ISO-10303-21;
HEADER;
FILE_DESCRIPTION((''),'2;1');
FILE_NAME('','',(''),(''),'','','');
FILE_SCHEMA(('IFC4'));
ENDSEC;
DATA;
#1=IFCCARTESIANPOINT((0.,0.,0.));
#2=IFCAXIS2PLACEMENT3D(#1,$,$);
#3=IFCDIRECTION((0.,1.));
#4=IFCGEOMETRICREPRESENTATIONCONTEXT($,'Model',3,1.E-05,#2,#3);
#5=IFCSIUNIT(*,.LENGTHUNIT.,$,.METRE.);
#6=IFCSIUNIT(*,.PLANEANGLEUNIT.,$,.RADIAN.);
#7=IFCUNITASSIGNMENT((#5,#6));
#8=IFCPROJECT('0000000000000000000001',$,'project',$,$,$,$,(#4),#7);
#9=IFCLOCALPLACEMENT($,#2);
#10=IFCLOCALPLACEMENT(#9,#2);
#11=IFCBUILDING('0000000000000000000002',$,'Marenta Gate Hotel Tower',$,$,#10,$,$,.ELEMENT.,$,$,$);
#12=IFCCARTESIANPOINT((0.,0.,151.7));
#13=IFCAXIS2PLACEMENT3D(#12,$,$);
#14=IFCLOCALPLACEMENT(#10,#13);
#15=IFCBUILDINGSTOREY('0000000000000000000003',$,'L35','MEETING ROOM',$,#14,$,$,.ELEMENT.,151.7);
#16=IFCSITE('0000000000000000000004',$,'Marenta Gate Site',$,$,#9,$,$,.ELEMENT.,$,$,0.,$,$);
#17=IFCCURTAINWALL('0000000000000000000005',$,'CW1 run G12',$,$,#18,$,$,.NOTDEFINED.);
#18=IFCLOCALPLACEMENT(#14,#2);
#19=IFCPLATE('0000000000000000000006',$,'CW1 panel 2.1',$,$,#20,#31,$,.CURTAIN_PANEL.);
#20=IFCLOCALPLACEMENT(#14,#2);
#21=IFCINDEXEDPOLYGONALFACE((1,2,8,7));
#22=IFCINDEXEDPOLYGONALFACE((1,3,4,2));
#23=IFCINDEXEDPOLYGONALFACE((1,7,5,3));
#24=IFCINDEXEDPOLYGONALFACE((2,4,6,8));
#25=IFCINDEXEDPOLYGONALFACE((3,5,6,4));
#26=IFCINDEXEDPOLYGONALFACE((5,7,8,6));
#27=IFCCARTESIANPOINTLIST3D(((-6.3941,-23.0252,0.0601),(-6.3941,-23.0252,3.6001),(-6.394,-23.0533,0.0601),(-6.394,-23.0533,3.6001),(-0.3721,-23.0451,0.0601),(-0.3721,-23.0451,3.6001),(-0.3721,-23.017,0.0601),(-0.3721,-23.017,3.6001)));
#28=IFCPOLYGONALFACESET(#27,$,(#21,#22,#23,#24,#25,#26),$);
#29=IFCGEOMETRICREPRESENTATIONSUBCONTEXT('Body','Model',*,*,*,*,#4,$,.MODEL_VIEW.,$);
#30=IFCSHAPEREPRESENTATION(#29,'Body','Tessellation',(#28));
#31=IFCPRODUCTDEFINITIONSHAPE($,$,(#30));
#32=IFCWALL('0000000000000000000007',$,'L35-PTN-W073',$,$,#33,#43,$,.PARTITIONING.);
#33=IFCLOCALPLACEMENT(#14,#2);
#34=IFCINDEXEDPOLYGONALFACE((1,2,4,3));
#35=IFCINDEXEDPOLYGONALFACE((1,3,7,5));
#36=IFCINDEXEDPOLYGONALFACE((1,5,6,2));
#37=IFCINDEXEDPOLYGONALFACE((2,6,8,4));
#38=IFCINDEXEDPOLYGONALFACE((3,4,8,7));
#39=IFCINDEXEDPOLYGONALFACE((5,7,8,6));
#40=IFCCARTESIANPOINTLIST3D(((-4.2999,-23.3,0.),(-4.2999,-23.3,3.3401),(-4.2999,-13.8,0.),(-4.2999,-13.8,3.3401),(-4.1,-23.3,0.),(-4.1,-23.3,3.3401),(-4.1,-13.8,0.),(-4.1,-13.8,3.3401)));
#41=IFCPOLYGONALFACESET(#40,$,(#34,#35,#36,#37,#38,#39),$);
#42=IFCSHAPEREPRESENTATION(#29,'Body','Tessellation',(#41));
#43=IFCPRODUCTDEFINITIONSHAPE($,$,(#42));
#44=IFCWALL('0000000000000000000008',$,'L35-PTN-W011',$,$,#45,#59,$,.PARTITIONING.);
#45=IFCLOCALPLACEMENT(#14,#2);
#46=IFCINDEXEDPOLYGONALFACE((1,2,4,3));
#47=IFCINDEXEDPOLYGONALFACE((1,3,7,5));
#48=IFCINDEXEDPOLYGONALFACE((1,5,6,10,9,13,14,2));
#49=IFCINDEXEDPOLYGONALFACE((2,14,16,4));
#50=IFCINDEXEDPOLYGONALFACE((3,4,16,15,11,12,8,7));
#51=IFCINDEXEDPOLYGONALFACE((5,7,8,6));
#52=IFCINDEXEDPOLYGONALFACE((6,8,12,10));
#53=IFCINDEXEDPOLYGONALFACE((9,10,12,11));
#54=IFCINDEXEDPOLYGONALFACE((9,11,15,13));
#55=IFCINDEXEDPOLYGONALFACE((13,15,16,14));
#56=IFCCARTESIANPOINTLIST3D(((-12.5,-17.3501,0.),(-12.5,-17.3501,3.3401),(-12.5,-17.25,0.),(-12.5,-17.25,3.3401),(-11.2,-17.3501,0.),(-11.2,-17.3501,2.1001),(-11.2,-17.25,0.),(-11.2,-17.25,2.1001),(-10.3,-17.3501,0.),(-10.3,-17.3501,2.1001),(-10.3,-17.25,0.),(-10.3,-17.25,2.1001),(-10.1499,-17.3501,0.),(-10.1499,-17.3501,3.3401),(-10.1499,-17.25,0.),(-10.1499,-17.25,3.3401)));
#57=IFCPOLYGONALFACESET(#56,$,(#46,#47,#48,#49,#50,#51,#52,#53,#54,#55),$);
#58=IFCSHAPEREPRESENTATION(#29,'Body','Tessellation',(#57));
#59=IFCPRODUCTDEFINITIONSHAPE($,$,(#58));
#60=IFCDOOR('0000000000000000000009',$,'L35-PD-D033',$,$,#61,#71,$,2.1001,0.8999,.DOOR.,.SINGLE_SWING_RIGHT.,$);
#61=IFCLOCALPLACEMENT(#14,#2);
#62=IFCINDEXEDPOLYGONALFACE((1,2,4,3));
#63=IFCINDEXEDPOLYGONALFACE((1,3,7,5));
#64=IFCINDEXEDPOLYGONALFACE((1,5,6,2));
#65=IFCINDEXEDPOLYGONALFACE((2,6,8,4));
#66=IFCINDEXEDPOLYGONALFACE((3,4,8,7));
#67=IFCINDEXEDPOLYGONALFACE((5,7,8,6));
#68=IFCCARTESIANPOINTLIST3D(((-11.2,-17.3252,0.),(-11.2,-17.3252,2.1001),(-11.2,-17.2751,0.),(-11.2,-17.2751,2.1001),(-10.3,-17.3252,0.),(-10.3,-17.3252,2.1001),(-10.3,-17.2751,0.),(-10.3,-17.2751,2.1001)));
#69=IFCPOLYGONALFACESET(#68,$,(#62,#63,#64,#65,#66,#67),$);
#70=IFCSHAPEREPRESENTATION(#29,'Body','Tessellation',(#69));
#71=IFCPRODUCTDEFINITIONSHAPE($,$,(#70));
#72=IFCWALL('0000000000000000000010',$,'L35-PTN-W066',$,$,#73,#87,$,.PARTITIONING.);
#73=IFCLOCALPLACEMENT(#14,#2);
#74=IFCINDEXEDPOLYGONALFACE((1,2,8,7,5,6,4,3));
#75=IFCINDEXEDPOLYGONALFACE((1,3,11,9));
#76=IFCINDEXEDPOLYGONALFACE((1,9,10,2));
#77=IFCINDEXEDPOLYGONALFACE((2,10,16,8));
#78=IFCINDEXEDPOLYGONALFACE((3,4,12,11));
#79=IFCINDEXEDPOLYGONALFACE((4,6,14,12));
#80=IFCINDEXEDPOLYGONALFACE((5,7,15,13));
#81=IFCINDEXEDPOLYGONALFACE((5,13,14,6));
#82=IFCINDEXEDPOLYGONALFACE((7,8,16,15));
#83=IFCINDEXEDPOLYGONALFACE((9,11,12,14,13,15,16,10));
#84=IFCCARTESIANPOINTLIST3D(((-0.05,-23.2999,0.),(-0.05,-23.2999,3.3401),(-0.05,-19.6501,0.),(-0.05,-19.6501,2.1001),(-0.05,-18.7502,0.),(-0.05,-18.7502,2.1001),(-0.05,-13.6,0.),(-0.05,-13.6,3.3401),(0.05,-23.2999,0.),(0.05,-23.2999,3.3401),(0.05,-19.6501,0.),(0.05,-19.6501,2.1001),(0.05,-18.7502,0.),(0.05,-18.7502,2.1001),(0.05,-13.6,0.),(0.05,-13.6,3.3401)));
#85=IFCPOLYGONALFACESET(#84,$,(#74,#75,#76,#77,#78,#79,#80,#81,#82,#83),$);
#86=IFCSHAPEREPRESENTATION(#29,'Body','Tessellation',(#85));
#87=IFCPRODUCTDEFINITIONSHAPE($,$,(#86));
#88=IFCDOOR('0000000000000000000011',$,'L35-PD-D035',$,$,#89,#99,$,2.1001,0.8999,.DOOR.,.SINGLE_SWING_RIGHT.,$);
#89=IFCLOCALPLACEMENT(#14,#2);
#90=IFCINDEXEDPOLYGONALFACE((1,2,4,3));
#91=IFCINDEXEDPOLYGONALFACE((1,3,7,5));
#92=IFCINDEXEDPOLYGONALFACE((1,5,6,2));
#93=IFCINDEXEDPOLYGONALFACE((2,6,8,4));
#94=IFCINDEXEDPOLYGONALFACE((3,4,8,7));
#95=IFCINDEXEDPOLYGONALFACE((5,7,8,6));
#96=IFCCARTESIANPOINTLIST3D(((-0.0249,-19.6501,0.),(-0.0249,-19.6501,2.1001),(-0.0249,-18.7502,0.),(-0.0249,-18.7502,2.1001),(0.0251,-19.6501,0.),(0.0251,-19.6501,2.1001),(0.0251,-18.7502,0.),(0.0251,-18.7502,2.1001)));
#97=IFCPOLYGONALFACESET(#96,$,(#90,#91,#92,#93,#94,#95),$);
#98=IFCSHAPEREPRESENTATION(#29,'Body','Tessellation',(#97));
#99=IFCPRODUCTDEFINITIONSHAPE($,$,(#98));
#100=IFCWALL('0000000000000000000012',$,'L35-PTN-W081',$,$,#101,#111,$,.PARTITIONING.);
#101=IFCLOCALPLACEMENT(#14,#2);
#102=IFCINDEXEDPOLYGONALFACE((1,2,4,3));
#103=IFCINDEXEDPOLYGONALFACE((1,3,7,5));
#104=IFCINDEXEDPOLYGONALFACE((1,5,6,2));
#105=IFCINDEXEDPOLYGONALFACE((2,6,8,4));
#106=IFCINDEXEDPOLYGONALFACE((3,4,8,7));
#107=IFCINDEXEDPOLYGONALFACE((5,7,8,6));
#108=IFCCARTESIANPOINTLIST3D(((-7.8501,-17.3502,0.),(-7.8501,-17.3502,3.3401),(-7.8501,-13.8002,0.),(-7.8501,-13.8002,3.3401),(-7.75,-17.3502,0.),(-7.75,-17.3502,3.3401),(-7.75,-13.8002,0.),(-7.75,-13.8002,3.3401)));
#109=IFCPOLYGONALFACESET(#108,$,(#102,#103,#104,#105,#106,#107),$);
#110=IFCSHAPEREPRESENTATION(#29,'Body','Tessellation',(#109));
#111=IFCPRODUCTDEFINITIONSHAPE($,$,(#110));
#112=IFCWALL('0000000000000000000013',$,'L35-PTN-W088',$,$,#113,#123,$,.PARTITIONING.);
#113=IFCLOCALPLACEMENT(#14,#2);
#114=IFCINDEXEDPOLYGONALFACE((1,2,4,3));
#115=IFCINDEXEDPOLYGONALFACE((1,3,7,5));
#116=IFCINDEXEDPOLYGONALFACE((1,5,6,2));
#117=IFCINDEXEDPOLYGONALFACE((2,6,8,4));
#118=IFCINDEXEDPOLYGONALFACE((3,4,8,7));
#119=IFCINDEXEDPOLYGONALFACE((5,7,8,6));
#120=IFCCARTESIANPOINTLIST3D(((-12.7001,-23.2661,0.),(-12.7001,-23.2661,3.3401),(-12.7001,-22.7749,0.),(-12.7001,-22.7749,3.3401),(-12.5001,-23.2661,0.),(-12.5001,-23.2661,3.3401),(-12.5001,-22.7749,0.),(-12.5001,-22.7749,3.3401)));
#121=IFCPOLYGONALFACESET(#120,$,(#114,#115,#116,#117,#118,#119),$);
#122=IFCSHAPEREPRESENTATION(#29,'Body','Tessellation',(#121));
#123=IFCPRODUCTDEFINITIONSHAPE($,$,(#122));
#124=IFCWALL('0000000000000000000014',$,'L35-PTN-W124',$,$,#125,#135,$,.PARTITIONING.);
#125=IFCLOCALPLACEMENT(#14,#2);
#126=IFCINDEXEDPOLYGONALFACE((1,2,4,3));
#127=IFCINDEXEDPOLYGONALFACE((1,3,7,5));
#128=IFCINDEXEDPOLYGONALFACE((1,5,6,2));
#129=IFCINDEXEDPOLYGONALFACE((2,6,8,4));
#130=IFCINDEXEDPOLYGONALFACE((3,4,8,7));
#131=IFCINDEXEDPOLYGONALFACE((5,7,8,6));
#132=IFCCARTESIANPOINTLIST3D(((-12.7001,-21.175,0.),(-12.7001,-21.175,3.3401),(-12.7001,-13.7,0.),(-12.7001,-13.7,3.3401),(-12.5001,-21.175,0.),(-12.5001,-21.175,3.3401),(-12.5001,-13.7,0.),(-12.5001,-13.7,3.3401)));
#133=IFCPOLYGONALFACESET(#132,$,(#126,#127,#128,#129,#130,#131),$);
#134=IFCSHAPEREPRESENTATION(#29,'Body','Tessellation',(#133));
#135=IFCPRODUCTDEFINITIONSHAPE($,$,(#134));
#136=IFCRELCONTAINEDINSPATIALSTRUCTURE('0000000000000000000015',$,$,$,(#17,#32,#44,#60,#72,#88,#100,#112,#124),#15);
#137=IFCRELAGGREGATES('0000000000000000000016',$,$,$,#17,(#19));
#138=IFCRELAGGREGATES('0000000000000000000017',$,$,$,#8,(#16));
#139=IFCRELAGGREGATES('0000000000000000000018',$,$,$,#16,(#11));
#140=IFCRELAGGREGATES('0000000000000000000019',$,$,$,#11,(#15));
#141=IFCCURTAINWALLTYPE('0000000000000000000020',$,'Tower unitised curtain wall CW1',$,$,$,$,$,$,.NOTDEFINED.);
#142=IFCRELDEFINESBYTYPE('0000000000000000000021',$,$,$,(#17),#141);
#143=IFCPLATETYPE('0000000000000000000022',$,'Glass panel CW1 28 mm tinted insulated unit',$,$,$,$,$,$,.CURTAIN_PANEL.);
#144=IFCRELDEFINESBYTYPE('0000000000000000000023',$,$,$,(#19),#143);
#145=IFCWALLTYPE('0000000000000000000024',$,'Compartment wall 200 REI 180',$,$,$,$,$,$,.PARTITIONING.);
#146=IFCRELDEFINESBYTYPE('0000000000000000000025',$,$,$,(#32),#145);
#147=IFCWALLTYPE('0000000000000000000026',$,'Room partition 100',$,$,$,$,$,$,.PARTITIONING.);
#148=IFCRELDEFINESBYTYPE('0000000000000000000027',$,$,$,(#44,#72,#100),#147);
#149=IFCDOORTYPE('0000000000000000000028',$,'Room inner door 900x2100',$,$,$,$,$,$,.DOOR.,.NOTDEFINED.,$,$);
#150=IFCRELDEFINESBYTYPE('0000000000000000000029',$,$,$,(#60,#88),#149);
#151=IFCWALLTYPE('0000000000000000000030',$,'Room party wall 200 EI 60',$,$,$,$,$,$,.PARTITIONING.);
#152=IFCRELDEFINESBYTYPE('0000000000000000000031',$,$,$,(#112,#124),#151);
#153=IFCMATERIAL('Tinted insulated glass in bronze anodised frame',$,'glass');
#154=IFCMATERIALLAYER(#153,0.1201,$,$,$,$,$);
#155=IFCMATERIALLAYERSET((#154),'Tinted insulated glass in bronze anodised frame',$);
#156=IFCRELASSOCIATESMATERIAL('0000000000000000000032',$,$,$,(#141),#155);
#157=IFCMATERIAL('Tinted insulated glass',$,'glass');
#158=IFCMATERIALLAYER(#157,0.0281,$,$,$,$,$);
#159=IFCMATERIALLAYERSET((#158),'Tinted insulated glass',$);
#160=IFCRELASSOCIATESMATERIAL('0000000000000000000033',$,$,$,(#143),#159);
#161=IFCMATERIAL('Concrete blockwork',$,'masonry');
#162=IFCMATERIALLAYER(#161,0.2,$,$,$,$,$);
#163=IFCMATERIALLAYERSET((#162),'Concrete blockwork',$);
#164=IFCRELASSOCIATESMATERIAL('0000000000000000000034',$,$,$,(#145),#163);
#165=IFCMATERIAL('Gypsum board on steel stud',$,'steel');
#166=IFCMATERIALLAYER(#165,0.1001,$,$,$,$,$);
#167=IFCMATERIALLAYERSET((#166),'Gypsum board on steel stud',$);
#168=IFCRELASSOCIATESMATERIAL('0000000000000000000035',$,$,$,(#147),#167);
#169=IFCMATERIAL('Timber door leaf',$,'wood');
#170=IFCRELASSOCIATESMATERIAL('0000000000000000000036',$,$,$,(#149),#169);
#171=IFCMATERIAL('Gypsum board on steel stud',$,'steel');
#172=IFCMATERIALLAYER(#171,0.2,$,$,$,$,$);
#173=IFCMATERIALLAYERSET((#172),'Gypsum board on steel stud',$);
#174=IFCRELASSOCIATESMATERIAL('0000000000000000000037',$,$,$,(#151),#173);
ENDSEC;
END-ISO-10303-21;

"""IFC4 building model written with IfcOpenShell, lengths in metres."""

from ifc_helpers import new_model, si_unit, direction, frame, frame_2d, origin, origin_2d, place, context, subcontext, project, spatial, rectangle, extrude, material, layer, layer_set, type_object, element, fill, aggregate, save


model = new_model("IFC4")

# Units and contexts
model_context = context("Model", 3, precision=1e-05, world=origin(), true_north=direction((0.0, 1.0)))
body_context = subcontext(model_context, "Body", "Model", "MODEL_VIEW")
ifc_project = project(units=[si_unit("LENGTHUNIT", "METRE"), si_unit("PLANEANGLEUNIT", "RADIAN")], contexts=[model_context])

# Site, building, storey
site_placement = place(None, origin())
site = spatial("IfcSite", under=ifc_project, at=site_placement, Name="Marenta Gate Site", CompositionType="ELEMENT", RefElevation=0.0)
building_placement = place(site_placement, origin())
building = spatial("IfcBuilding", under=site, at=building_placement, Name="Marenta Gate Hotel Tower", CompositionType="ELEMENT")
storey_placement = place(building_placement, frame((0.0, 0.0, 151.7)))
storey = spatial("IfcBuildingStorey", under=building, at=storey_placement, Name="L35", Description="MEETING ROOM", CompositionType="ELEMENT", Elevation=151.7)

# Shared definitions
ifc_material_1 = material(Name="Tinted insulated glass in bronze anodised frame", Category="glass")
ifc_layer_1 = layer(ifc_material_1, 0.1201)
ifc_layer_set_1 = layer_set([ifc_layer_1], Name="Tinted insulated glass in bronze anodised frame")
curtain_wall_type = type_object("IfcCurtainWallType", Name="Tower unitised curtain wall CW1", PredefinedType="NOTDEFINED", material=ifc_layer_set_1)

# Curtain wall
curtain_wall_1_placement = place(storey_placement, origin())
curtain_wall_1 = element("IfcCurtainWall", 1, at=curtain_wall_1_placement, inside=storey, type_object=curtain_wall_type, Name="CW1 run G12", PredefinedType="NOTDEFINED")

# Shared definitions
ifc_material_2 = material(Name="Tinted insulated glass", Category="glass")
ifc_layer_2 = layer(ifc_material_2, 0.0281)
ifc_layer_set_2 = layer_set([ifc_layer_2], Name="Tinted insulated glass")
plate_type = type_object("IfcPlateType", Name="Glass panel CW1 28 mm tinted insulated unit", PredefinedType="CURTAIN_PANEL", material=ifc_layer_set_2)

# Plate
plate_1_placement = place(storey_placement, frame((-3.3831, -23.0352, 0.0601), z_axis=(0.0, 0.0, 1.0), x_axis=(0.999999, 0.001365, 0.0)))
plate_1 = element("IfcPlate", 2, at=plate_1_placement, type_object=plate_type, Name="CW1 panel 2.1", PredefinedType="CURTAIN_PANEL", context=body_context, shape_type="SweptSolid", body=[
    extrude(rectangle(XDim=6.022, YDim=0.0281, at=origin_2d()), origin(), (0.0, 0.0, 1.0), 3.54),
])
aggregate(curtain_wall_1, [plate_1])

# Wall
ifc_material_3 = material(Name="Concrete blockwork", Category="masonry")
ifc_layer_3 = layer(ifc_material_3, 0.2)
ifc_layer_set_3 = layer_set([ifc_layer_3], Name="Concrete blockwork")
wall_type_1 = type_object("IfcWallType", Name="Compartment wall 200 REI 180", PredefinedType="PARTITIONING", material=ifc_layer_set_3)
wall_1_placement = place(storey_placement, frame((-4.2, -23.3, 0.0), z_axis=(0.0, 0.0, 1.0), x_axis=(0.0, 1.0, 0.0)))
element("IfcWall", 3, at=wall_1_placement, inside=storey, type_object=wall_type_1, Name="L35-PTN-W073", PredefinedType="PARTITIONING", context=body_context, shape_type="SweptSolid", body=[
    extrude(rectangle(XDim=9.5, YDim=0.2, at=frame_2d((4.75, 0.0))), origin(), (0.0, 0.0, 1.0), 3.3401),
])

# Walls, openings, doors
ifc_material_4 = material(Name="Gypsum board on steel stud", Category="steel")
ifc_layer_4 = layer(ifc_material_4, 0.1001)
ifc_layer_set_4 = layer_set([ifc_layer_4], Name="Gypsum board on steel stud")
wall_type_2 = type_object("IfcWallType", Name="Room partition 100", PredefinedType="PARTITIONING", material=ifc_layer_set_4)
wall_2_placement = place(storey_placement, frame((-12.5, -17.3, 0.0), z_axis=(0.0, 0.0, 1.0), x_axis=(1.0, 0.0, 0.0)))
wall_2 = element("IfcWall", 4, at=wall_2_placement, inside=storey, type_object=wall_type_2, Name="L35-PTN-W011", PredefinedType="PARTITIONING", context=body_context, shape_type="SweptSolid", body=[
    extrude(rectangle(XDim=2.3501, YDim=0.1001, at=frame_2d((1.175, 0.0))), origin(), (0.0, 0.0, 1.0), 3.3401),
])
opening_1_placement = place(wall_2_placement, frame((1.3, 0.0, 0.0)))
opening_1 = element("IfcOpeningElement", 5, at=opening_1_placement, cuts=wall_2, PredefinedType="OPENING", context=body_context, shape_type="SweptSolid", body=[
    extrude(rectangle(XDim=0.8999, YDim=2.1001, at=frame_2d((0.45, 1.05))), frame((0.0, 0.05, 0.0), z_axis=(0.0, -1.0, 0.0), x_axis=(1.0, 0.0, 0.0)), (0.0, 0.0, 1.0), 0.1001),
])
ifc_material_5 = material(Name="Timber door leaf", Category="wood")
door_type = type_object("IfcDoorType", Name="Room inner door 900x2100", OperationType="NOTDEFINED", PredefinedType="DOOR", material=ifc_material_5)
door_1_placement = place(opening_1_placement, origin())
door_1 = element("IfcDoor", 6, at=door_1_placement, inside=storey, type_object=door_type, Name="L35-PD-D033", OperationType="SINGLE_SWING_RIGHT", OverallHeight=2.1001, OverallWidth=0.8999, PredefinedType="DOOR", context=body_context, shape_type="SweptSolid", body=[
    extrude(rectangle(XDim=0.8999, YDim=2.1001, at=frame_2d((0.45, 1.05))), frame((0.0, 0.0249, 0.0), z_axis=(0.0, -1.0, 0.0), x_axis=(1.0, 0.0, 0.0)), (0.0, 0.0, 1.0), 0.05),
])
fill(opening_1, door_1)
wall_3_placement = place(storey_placement, frame((0.0, -23.3, 0.0), z_axis=(0.0, 0.0, 1.0), x_axis=(0.0, 1.0, 0.0)))
wall_3 = element("IfcWall", 7, at=wall_3_placement, inside=storey, type_object=wall_type_2, Name="L35-PTN-W066", PredefinedType="PARTITIONING", context=body_context, shape_type="SweptSolid", body=[
    extrude(rectangle(XDim=9.7, YDim=0.1001, at=frame_2d((4.8501, 0.0))), origin(), (0.0, 0.0, 1.0), 3.3401),
])
opening_2_placement = place(wall_3_placement, frame((3.6499, 0.0, 0.0)))
opening_2 = element("IfcOpeningElement", 8, at=opening_2_placement, cuts=wall_3, PredefinedType="OPENING", context=body_context, shape_type="SweptSolid", body=[
    extrude(rectangle(XDim=0.8999, YDim=2.1001, at=frame_2d((0.45, 1.05))), frame((0.0, 0.05, 0.0), z_axis=(0.0, -1.0, 0.0), x_axis=(1.0, 0.0, 0.0)), (0.0, 0.0, 1.0), 0.1001),
])
door_2_placement = place(opening_2_placement, origin())
door_2 = element("IfcDoor", 9, at=door_2_placement, inside=storey, type_object=door_type, Name="L35-PD-D035", OperationType="SINGLE_SWING_RIGHT", OverallHeight=2.1001, OverallWidth=0.8999, PredefinedType="DOOR", context=body_context, shape_type="SweptSolid", body=[
    extrude(rectangle(XDim=0.8999, YDim=2.1001, at=frame_2d((0.45, 1.05))), frame((0.0, 0.0249, 0.0), z_axis=(0.0, -1.0, 0.0), x_axis=(1.0, 0.0, 0.0)), (0.0, 0.0, 1.0), 0.05),
])
fill(opening_2, door_2)

# Walls
wall_4_placement = place(storey_placement, frame((-7.8, -17.3501, 0.0), z_axis=(0.0, 0.0, 1.0), x_axis=(0.0, 1.0, 0.0)))
element("IfcWall", 10, at=wall_4_placement, inside=storey, type_object=wall_type_2, Name="L35-PTN-W081", PredefinedType="PARTITIONING", context=body_context, shape_type="SweptSolid", body=[
    extrude(rectangle(XDim=3.55, YDim=0.1001, at=frame_2d((1.7749, 0.0))), origin(), (0.0, 0.0, 1.0), 3.3401),
])
ifc_material_6 = material(Name="Gypsum board on steel stud", Category="steel")
ifc_layer_5 = layer(ifc_material_6, 0.2)
ifc_layer_set_5 = layer_set([ifc_layer_5], Name="Gypsum board on steel stud")
wall_type_3 = type_object("IfcWallType", Name="Room party wall 200 EI 60", PredefinedType="PARTITIONING", material=ifc_layer_set_5)
wall_5_placement = place(storey_placement, frame((-12.6001, -23.2661, 0.0), z_axis=(0.0, 0.0, 1.0), x_axis=(0.0, 1.0, 0.0)))
element("IfcWall", 11, at=wall_5_placement, inside=storey, type_object=wall_type_3, Name="L35-PTN-W088", PredefinedType="PARTITIONING", context=body_context, shape_type="SweptSolid", body=[
    extrude(rectangle(XDim=0.4912, YDim=0.2, at=frame_2d((0.2456, 0.0))), origin(), (0.0, 0.0, 1.0), 3.3401),
])
wall_6_placement = place(storey_placement, frame((-12.6001, -21.175, 0.0), z_axis=(0.0, 0.0, 1.0), x_axis=(0.0, 1.0, 0.0)))
element("IfcWall", 12, at=wall_6_placement, inside=storey, type_object=wall_type_3, Name="L35-PTN-W124", PredefinedType="PARTITIONING", context=body_context, shape_type="SweptSolid", body=[
    extrude(rectangle(XDim=7.4751, YDim=0.2, at=frame_2d((3.7375, 0.0))), origin(), (0.0, 0.0, 1.0), 3.3401),
])

save(model, "model.ifc")
